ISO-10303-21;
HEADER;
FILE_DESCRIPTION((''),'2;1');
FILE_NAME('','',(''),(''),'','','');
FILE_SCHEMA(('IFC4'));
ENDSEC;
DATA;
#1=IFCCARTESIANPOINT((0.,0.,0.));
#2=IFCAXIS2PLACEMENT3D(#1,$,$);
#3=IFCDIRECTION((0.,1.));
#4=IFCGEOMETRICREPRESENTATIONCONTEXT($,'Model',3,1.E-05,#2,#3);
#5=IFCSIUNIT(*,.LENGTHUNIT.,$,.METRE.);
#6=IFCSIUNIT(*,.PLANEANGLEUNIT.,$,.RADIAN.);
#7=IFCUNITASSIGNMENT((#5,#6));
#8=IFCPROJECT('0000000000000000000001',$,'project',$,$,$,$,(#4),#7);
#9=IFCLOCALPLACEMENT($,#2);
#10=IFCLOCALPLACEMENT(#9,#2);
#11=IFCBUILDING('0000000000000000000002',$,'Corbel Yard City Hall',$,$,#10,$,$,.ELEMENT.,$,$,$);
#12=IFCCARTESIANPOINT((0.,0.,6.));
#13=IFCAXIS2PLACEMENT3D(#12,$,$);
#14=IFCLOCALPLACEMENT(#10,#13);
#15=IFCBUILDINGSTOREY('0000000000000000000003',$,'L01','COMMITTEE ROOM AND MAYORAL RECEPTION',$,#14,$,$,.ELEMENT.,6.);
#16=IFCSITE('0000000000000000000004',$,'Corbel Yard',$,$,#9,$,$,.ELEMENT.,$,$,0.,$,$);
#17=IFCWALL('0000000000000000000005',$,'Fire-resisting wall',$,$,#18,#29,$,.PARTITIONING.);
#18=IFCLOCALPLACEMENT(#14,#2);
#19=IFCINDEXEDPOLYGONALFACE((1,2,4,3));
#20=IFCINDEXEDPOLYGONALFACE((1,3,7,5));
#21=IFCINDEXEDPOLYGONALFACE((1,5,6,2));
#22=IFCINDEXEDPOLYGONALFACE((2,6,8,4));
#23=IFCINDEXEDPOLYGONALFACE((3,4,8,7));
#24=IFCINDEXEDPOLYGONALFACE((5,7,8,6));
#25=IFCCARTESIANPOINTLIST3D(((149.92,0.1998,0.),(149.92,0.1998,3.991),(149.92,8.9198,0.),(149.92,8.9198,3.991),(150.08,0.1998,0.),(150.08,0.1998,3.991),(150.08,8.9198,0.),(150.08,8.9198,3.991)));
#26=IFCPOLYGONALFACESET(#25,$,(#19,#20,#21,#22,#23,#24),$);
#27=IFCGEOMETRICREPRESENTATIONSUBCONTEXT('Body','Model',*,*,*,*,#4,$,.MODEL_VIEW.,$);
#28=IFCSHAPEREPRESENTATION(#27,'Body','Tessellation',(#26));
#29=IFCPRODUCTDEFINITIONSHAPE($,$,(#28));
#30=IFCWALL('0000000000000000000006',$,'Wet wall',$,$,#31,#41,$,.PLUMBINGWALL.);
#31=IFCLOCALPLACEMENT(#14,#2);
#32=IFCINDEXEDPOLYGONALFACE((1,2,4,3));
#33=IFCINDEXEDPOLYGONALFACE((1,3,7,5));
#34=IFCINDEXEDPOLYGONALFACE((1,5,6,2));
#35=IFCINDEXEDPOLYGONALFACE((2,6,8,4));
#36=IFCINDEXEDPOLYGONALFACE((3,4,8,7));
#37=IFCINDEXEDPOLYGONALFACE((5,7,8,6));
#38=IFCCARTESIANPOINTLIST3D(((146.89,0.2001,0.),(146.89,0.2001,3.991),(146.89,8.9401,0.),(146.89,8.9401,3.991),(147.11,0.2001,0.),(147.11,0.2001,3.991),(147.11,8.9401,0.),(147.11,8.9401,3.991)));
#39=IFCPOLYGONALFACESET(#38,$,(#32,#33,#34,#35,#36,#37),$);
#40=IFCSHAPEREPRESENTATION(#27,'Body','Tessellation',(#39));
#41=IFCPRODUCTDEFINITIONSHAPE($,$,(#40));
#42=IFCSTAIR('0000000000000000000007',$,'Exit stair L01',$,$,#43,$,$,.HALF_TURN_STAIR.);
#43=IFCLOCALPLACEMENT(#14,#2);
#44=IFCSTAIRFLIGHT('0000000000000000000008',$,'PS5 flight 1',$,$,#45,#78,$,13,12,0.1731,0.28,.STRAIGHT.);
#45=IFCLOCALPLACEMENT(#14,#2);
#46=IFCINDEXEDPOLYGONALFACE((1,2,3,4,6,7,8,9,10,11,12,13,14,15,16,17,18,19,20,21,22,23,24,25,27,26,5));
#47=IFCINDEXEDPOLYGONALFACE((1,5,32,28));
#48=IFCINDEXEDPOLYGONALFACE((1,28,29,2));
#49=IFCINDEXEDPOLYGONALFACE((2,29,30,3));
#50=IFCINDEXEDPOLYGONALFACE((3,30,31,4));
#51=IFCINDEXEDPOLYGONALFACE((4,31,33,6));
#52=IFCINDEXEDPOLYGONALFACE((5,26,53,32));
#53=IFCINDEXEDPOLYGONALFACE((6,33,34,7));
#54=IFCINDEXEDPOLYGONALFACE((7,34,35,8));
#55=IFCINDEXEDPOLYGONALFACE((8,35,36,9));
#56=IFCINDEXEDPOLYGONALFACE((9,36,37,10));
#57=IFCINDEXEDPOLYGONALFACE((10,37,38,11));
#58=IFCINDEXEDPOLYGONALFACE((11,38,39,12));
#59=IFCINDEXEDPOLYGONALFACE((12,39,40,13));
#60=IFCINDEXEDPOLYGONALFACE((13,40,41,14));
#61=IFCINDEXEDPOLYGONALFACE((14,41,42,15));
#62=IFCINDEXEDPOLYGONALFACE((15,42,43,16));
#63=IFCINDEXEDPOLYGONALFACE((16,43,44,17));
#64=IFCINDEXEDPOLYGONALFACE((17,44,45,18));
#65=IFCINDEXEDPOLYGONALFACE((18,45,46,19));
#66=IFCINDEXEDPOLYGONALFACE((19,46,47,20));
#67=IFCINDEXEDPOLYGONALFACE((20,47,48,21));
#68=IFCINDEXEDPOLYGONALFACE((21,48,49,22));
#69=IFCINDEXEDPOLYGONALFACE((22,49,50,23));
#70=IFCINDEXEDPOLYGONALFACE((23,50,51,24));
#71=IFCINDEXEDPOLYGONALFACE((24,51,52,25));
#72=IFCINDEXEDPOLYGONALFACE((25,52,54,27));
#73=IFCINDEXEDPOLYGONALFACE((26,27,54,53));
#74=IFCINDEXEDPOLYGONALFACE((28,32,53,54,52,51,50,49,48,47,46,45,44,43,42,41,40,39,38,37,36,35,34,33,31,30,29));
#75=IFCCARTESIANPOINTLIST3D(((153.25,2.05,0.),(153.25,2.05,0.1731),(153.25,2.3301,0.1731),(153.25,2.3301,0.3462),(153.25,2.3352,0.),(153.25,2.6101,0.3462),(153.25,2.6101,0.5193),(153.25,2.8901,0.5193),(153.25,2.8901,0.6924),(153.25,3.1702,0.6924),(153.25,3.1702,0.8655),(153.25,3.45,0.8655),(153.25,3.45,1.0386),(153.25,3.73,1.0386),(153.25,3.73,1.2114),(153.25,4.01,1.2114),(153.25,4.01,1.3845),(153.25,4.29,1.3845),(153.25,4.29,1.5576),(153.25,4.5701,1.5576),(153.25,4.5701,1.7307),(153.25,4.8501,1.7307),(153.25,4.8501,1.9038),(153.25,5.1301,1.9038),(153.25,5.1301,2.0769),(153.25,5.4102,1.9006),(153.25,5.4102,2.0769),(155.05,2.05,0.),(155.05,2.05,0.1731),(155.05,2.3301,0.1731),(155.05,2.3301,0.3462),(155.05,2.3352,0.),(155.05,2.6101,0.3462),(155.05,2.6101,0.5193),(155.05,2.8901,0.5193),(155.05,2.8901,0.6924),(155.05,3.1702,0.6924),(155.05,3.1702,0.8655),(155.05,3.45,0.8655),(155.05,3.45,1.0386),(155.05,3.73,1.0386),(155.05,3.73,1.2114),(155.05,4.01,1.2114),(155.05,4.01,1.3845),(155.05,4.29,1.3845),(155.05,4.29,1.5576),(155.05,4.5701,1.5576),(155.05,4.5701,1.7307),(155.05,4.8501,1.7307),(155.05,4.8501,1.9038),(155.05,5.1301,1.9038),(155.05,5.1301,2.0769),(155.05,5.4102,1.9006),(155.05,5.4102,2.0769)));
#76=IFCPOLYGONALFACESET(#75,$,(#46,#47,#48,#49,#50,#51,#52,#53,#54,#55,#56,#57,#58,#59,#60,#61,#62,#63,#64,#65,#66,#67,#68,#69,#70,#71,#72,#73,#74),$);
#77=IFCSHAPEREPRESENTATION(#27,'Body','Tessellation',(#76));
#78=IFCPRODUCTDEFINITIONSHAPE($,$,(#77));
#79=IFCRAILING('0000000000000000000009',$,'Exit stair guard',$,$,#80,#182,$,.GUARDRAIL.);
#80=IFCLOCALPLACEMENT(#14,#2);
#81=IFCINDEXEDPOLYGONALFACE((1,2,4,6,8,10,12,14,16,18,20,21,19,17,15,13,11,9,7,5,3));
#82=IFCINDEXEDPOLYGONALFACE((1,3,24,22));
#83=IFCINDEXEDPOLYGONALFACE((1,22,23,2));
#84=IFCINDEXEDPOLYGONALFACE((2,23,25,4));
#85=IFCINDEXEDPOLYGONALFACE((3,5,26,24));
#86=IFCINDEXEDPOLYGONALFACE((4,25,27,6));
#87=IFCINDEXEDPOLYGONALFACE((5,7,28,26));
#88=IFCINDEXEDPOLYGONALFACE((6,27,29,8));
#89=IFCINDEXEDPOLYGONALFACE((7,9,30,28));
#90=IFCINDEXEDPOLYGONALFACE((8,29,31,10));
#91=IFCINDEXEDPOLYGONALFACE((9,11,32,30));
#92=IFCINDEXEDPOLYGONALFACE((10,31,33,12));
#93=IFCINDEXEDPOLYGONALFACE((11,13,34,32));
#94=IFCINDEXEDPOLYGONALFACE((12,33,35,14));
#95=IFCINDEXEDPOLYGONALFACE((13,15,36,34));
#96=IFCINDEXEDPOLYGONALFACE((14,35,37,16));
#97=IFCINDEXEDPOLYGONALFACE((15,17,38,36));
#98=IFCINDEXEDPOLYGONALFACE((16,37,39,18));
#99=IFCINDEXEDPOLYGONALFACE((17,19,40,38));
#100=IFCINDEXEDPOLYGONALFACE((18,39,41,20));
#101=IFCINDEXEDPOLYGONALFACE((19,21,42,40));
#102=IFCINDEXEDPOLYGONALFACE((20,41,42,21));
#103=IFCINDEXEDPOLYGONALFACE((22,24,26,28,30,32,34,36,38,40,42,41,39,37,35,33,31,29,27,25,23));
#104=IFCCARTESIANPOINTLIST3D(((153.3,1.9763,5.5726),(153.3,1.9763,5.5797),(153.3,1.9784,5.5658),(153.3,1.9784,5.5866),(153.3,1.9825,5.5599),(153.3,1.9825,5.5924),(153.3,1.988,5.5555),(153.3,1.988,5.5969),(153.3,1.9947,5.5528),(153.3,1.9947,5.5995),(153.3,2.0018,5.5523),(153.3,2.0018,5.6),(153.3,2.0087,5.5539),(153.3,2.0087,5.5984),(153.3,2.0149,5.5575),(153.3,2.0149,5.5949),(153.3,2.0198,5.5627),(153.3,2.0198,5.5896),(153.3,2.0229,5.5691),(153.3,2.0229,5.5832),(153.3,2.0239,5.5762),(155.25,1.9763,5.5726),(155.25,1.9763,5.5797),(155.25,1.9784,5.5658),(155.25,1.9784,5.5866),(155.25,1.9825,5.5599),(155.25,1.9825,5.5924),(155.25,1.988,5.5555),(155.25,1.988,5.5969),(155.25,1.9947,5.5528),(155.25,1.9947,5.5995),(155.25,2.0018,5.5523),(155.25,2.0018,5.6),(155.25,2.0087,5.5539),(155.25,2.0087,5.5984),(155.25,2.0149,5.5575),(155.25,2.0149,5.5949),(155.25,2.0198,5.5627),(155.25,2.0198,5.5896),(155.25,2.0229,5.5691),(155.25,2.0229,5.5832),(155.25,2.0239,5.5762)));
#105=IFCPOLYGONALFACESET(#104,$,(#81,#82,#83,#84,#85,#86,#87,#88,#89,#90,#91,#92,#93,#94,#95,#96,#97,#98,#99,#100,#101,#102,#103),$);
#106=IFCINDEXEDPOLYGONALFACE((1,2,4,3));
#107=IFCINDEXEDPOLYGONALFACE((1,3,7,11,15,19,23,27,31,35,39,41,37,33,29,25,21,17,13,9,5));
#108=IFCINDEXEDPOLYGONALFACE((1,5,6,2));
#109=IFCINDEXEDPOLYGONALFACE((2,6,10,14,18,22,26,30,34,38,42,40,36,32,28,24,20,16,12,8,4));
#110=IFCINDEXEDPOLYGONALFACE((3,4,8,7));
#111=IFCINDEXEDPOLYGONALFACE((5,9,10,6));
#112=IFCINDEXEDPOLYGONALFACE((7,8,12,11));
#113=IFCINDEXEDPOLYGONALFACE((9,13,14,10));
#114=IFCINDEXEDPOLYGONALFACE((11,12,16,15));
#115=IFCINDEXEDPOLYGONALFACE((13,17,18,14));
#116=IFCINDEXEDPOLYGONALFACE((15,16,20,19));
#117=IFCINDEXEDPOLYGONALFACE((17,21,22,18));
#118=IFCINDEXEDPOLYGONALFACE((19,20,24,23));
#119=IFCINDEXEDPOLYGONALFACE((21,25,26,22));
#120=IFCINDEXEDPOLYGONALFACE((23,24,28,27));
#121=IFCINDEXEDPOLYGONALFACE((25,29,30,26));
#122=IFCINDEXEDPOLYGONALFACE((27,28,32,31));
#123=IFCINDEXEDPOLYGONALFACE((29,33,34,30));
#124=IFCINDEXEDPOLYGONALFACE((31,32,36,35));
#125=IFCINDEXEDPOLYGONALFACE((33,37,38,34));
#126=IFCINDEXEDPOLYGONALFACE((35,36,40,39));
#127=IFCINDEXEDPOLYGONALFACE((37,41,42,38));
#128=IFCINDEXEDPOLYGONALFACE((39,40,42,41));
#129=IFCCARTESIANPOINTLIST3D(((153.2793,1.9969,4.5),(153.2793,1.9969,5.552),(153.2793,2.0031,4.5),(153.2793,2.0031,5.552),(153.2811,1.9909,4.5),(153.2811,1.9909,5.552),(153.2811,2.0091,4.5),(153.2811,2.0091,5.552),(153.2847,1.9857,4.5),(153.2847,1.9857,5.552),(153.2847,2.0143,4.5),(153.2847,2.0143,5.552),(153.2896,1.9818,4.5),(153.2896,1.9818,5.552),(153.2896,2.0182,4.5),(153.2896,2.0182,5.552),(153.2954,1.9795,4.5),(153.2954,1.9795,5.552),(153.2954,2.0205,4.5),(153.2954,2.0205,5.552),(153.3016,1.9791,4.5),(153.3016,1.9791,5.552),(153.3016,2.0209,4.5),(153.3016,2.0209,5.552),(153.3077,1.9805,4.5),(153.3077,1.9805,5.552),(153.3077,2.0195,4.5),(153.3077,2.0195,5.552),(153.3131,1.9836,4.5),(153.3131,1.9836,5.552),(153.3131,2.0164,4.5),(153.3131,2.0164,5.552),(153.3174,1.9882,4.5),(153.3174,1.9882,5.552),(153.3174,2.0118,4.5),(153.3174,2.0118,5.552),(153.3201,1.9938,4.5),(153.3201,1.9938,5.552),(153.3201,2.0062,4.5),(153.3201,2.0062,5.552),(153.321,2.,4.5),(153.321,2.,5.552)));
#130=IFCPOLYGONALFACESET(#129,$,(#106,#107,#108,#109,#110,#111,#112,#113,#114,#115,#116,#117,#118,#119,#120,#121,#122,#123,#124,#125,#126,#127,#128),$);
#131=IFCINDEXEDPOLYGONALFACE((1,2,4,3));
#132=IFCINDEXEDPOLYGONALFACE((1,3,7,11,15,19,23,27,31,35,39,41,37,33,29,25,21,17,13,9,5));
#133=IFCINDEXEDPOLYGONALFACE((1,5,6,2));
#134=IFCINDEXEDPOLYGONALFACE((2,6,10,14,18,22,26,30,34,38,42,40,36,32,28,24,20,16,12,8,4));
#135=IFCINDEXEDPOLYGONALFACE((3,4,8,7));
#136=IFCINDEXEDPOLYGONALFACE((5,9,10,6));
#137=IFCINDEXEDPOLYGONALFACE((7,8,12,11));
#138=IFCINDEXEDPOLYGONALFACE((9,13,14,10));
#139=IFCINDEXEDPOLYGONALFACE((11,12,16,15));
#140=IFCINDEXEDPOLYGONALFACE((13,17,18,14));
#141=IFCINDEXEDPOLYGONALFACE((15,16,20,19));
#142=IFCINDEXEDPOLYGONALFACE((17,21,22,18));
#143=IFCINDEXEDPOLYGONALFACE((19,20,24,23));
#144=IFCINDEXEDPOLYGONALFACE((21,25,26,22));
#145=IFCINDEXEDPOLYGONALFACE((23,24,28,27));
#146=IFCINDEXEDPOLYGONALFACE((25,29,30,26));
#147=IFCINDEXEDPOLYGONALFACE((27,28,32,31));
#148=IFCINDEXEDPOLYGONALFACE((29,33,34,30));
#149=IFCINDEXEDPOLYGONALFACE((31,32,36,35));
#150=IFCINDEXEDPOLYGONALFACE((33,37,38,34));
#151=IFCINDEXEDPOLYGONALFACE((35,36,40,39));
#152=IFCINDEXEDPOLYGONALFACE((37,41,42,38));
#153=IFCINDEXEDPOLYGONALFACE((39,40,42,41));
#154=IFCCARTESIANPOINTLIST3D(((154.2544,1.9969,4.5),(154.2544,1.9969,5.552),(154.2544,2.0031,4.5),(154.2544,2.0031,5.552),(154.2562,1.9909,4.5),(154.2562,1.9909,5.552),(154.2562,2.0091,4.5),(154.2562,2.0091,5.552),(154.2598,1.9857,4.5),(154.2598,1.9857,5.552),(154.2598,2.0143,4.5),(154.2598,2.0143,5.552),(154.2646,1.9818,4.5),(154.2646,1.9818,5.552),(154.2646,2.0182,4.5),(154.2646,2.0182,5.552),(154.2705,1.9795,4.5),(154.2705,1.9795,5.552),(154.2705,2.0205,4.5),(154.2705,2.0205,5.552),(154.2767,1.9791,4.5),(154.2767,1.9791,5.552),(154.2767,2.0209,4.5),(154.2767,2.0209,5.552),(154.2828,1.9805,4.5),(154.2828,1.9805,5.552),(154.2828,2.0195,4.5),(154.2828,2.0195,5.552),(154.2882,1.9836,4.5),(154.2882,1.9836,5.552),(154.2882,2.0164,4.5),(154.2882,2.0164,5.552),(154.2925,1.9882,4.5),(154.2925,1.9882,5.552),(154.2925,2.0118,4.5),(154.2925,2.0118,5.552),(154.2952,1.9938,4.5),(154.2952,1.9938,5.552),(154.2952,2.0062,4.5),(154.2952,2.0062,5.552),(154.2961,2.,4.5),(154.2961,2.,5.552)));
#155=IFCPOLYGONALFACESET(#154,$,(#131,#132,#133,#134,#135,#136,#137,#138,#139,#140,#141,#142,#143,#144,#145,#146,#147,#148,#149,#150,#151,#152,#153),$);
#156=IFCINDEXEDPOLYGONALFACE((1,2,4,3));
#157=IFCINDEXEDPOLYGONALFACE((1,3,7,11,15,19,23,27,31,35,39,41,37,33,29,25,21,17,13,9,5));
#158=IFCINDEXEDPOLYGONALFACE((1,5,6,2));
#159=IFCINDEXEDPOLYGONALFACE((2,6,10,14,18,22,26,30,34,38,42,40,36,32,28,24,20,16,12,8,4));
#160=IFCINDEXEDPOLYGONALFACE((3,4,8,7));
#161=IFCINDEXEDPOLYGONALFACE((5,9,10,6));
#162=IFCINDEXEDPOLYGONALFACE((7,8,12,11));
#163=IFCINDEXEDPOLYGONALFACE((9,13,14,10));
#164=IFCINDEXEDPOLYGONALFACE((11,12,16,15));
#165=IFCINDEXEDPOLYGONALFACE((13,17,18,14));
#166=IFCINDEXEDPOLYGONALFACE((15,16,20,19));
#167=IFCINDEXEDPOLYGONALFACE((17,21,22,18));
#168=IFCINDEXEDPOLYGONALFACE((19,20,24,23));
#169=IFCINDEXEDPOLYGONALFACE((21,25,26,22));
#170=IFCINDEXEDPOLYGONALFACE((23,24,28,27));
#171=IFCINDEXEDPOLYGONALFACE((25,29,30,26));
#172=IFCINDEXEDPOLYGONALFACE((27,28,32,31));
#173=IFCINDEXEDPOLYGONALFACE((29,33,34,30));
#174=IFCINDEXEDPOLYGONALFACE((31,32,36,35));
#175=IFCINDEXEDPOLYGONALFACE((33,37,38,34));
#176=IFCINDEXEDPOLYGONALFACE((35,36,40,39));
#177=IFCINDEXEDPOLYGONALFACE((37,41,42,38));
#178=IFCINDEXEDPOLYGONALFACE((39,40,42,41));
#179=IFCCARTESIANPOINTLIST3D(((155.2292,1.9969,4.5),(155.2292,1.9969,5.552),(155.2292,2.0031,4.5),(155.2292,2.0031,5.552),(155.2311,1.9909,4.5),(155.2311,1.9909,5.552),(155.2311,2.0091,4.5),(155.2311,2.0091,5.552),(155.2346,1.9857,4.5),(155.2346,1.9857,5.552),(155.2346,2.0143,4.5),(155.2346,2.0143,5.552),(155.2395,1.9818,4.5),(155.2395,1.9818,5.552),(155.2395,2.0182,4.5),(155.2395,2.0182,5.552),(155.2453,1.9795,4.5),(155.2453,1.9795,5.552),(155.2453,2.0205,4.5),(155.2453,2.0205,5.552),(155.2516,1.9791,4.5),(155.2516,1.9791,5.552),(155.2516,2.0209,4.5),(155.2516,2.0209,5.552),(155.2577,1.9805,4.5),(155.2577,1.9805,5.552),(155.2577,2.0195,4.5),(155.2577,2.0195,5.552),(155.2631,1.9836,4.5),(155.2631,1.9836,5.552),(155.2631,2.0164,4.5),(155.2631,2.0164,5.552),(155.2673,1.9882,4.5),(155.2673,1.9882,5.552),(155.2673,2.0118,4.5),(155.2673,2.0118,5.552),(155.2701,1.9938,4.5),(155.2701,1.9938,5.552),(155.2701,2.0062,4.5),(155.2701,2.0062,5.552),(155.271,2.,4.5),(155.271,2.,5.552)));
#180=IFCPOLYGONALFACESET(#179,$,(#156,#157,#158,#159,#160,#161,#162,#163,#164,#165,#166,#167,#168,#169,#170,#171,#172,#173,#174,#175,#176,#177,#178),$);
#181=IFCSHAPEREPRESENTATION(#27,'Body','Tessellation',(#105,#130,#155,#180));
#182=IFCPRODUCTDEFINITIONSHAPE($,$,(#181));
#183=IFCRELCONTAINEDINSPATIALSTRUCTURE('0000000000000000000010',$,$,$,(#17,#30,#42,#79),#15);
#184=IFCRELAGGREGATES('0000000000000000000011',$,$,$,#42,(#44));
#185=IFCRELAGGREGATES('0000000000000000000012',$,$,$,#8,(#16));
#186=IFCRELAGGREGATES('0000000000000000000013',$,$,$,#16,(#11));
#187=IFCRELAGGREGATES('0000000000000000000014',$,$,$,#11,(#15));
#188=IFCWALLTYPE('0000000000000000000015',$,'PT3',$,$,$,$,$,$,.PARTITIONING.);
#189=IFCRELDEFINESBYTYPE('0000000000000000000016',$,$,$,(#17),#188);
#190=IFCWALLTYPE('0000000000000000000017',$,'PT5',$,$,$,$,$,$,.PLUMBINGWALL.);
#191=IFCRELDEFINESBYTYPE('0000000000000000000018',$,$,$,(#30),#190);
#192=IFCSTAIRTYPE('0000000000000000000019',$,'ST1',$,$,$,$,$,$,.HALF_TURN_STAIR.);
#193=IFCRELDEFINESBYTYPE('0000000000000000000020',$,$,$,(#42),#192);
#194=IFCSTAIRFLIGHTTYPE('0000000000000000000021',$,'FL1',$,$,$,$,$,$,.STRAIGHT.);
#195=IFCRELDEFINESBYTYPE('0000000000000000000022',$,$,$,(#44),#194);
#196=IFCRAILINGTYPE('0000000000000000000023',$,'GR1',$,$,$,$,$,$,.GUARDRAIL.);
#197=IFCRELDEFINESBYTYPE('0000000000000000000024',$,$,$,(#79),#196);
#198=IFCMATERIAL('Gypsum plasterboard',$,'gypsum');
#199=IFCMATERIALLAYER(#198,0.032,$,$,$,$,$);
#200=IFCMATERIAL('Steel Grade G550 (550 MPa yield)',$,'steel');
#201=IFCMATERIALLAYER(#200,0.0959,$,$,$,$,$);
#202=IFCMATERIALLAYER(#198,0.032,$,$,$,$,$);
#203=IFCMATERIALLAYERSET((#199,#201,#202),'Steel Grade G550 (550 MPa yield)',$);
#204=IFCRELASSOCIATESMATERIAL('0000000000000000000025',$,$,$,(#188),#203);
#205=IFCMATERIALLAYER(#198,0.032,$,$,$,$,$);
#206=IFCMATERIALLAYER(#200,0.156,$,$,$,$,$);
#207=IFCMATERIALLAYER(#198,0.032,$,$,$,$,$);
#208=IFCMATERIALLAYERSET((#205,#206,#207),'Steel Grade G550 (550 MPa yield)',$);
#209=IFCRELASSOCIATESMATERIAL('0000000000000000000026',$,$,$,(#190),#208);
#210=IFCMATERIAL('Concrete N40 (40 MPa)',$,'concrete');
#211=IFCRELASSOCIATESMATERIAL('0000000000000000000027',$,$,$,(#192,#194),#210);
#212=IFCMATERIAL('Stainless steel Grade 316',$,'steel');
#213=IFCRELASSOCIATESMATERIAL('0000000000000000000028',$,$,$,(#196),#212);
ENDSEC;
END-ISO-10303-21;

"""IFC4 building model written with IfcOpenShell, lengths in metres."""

from ifc_helpers import new_model, si_unit, direction, frame, frame_2d, origin, origin_2d, place, context, subcontext, project, spatial, polyline, rectangle, circle, outline, extrude, material, layer, layer_set, type_object, element, aggregate, save


model = new_model("IFC4")

# Units and contexts
model_context = context("Model", 3, precision=1e-05, world=origin(), true_north=direction((0.0, 1.0)))
body_context = subcontext(model_context, "Body", "Model", "MODEL_VIEW")
ifc_project = project(units=[si_unit("LENGTHUNIT", "METRE"), si_unit("PLANEANGLEUNIT", "RADIAN")], contexts=[model_context])

# Site, building, storey
site_placement = place(None, origin())
site = spatial("IfcSite", under=ifc_project, at=site_placement, Name="Corbel Yard", CompositionType="ELEMENT", RefElevation=0.0)
building_placement = place(site_placement, origin())
building = spatial("IfcBuilding", under=site, at=building_placement, Name="Corbel Yard City Hall", CompositionType="ELEMENT")
storey_placement = place(building_placement, frame((0.0, 0.0, 6.0)))
storey = spatial("IfcBuildingStorey", under=building, at=storey_placement, Name="L01", Description="COMMITTEE ROOM AND MAYORAL RECEPTION", CompositionType="ELEMENT", Elevation=6.0)

# Shared definitions
ifc_material_1 = material(Name="Gypsum plasterboard", Category="gypsum")

# Shared definitions
ifc_material_2 = material(Name="Steel Grade G550 (550 MPa yield)", Category="steel")

# Shared definitions
ifc_layer_1 = layer(ifc_material_1, 0.032)
ifc_layer_2 = layer(ifc_material_2, 0.0959)
ifc_layer_3 = layer(ifc_material_1, 0.032)
ifc_layer_set_1 = layer_set([ifc_layer_1, ifc_layer_2, ifc_layer_3], Name="Steel Grade G550 (550 MPa yield)")
wall_type_1 = type_object("IfcWallType", Name="PT3", PredefinedType="PARTITIONING", material=ifc_layer_set_1)

# Walls
wall_1_placement = place(storey_placement, frame((150.0, 0.2, 0.0), z_axis=(0.0, 0.0, 1.0), x_axis=(0.0, 1.0, 0.0)))
element("IfcWall", 1, at=wall_1_placement, inside=storey, type_object=wall_type_1, Name="Fire-resisting wall", PredefinedType="PARTITIONING", context=body_context, shape_type="SweptSolid", body=[
    extrude(rectangle(XDim=8.72, YDim=0.1599, at=frame_2d((4.3599, 0.0))), origin(), (0.0, 0.0, 1.0), 3.991),
])
ifc_layer_4 = layer(ifc_material_1, 0.032)
ifc_layer_5 = layer(ifc_material_2, 0.156)
ifc_layer_6 = layer(ifc_material_1, 0.032)
ifc_layer_set_2 = layer_set([ifc_layer_4, ifc_layer_5, ifc_layer_6], Name="Steel Grade G550 (550 MPa yield)")
wall_type_2 = type_object("IfcWallType", Name="PT5", PredefinedType="PLUMBINGWALL", material=ifc_layer_set_2)
wall_2_placement = place(storey_placement, frame((147.0, 0.2, 0.0), z_axis=(0.0, 0.0, 1.0), x_axis=(0.0, 1.0, 0.0)))
element("IfcWall", 2, at=wall_2_placement, inside=storey, type_object=wall_type_2, Name="Wet wall", PredefinedType="PLUMBINGWALL", context=body_context, shape_type="SweptSolid", body=[
    extrude(rectangle(XDim=8.74, YDim=0.22, at=frame_2d((4.3701, 0.0))), origin(), (0.0, 0.0, 1.0), 3.991),
])

# Stair, stair flight
ifc_material_3 = material(Name="Concrete N40 (40 MPa)", Category="concrete")
stair_type = type_object("IfcStairType", Name="ST1", PredefinedType="HALF_TURN_STAIR", material=ifc_material_3)
stair_placement = place(storey_placement, origin())
stair = element("IfcStair", 3, at=stair_placement, inside=storey, type_object=stair_type, Name="Exit stair L01", PredefinedType="HALF_TURN_STAIR")
stair_flight_type = type_object("IfcStairFlightType", Name="FL1", PredefinedType="STRAIGHT", material=ifc_material_3)
stair_flight_placement = place(storey_placement, frame((154.1499, 2.05, 0.0), z_axis=(0.0, 0.0, 1.0), x_axis=(0.0, 1.0, 0.0)))
stair_flight = element("IfcStairFlight", 4, at=stair_flight_placement, type_object=stair_flight_type, Name="PS5 flight 1", NumberOfRisers=13, NumberOfTreads=12, PredefinedType="STRAIGHT", RiserHeight=0.1731, TreadLength=0.28, context=body_context, shape_type="SweptSolid", body=[
    extrude(outline(polyline([(0.0, 0.0), (0.0, 0.1731), (0.28, 0.1731), (0.28, 0.3462), (0.5601, 0.3462), (0.5601, 0.5193), (0.8401, 0.5193), (0.8401, 0.6924), (1.1201, 0.6924), (1.1201, 0.8655), (1.3999, 0.8655), (1.3999, 1.0386), (1.6799, 1.0386), (1.6799, 1.2114), (1.96, 1.2114), (1.96, 1.3845), (2.24, 1.3845), (2.24, 1.5576), (2.52, 1.5576), (2.52, 1.7307), (2.8, 1.7307), (2.8, 1.9038), (3.0801, 1.9038), (3.0801, 2.0769), (3.3601, 2.0769), (3.3601, 2.25), (3.3601, 1.9006), (0.2852, 0.0), (0.0, 0.0)])), frame((0.0, 0.8999, 0.0), z_axis=(0.0, -1.0, 0.0), x_axis=(1.0, 0.0, 0.0)), (0.0, 0.0, 1.0), 1.8),
])
aggregate(stair, [stair_flight])

# Railing
ifc_material_4 = material(Name="Stainless steel Grade 316", Category="steel")
railing_type_1 = type_object("IfcRailingType", Name="GR1", PredefinedType="GUARDRAIL", material=ifc_material_4)
railing_1_placement = place(storey_placement, frame((153.3, 2.0, 4.5)))
element("IfcRailing", 5, at=railing_1_placement, inside=storey, type_object=railing_type_1, Name="Exit stair guard", PredefinedType="GUARDRAIL", context=body_context, shape_type="SweptSolid", body=[
    extrude(circle(Radius=0.0239, at=origin_2d()), frame((0.0, 0.0, 1.0762), z_axis=(1.0, 0.0, 0.0), x_axis=(0.0, 1.0, 0.0)), (0.0, 0.0, 1.0), 1.95),
    extrude(circle(Radius=0.021, at=origin_2d()), origin(), (0.0, 0.0, 1.0), 1.052),
    extrude(circle(Radius=0.021, at=origin_2d()), frame((0.9751, 0.0, 0.0)), (0.0, 0.0, 1.0), 1.052),
    extrude(circle(Radius=0.021, at=origin_2d()), frame((1.95, 0.0, 0.0)), (0.0, 0.0, 1.0), 1.052),
])

save(model, "model.ifc")
